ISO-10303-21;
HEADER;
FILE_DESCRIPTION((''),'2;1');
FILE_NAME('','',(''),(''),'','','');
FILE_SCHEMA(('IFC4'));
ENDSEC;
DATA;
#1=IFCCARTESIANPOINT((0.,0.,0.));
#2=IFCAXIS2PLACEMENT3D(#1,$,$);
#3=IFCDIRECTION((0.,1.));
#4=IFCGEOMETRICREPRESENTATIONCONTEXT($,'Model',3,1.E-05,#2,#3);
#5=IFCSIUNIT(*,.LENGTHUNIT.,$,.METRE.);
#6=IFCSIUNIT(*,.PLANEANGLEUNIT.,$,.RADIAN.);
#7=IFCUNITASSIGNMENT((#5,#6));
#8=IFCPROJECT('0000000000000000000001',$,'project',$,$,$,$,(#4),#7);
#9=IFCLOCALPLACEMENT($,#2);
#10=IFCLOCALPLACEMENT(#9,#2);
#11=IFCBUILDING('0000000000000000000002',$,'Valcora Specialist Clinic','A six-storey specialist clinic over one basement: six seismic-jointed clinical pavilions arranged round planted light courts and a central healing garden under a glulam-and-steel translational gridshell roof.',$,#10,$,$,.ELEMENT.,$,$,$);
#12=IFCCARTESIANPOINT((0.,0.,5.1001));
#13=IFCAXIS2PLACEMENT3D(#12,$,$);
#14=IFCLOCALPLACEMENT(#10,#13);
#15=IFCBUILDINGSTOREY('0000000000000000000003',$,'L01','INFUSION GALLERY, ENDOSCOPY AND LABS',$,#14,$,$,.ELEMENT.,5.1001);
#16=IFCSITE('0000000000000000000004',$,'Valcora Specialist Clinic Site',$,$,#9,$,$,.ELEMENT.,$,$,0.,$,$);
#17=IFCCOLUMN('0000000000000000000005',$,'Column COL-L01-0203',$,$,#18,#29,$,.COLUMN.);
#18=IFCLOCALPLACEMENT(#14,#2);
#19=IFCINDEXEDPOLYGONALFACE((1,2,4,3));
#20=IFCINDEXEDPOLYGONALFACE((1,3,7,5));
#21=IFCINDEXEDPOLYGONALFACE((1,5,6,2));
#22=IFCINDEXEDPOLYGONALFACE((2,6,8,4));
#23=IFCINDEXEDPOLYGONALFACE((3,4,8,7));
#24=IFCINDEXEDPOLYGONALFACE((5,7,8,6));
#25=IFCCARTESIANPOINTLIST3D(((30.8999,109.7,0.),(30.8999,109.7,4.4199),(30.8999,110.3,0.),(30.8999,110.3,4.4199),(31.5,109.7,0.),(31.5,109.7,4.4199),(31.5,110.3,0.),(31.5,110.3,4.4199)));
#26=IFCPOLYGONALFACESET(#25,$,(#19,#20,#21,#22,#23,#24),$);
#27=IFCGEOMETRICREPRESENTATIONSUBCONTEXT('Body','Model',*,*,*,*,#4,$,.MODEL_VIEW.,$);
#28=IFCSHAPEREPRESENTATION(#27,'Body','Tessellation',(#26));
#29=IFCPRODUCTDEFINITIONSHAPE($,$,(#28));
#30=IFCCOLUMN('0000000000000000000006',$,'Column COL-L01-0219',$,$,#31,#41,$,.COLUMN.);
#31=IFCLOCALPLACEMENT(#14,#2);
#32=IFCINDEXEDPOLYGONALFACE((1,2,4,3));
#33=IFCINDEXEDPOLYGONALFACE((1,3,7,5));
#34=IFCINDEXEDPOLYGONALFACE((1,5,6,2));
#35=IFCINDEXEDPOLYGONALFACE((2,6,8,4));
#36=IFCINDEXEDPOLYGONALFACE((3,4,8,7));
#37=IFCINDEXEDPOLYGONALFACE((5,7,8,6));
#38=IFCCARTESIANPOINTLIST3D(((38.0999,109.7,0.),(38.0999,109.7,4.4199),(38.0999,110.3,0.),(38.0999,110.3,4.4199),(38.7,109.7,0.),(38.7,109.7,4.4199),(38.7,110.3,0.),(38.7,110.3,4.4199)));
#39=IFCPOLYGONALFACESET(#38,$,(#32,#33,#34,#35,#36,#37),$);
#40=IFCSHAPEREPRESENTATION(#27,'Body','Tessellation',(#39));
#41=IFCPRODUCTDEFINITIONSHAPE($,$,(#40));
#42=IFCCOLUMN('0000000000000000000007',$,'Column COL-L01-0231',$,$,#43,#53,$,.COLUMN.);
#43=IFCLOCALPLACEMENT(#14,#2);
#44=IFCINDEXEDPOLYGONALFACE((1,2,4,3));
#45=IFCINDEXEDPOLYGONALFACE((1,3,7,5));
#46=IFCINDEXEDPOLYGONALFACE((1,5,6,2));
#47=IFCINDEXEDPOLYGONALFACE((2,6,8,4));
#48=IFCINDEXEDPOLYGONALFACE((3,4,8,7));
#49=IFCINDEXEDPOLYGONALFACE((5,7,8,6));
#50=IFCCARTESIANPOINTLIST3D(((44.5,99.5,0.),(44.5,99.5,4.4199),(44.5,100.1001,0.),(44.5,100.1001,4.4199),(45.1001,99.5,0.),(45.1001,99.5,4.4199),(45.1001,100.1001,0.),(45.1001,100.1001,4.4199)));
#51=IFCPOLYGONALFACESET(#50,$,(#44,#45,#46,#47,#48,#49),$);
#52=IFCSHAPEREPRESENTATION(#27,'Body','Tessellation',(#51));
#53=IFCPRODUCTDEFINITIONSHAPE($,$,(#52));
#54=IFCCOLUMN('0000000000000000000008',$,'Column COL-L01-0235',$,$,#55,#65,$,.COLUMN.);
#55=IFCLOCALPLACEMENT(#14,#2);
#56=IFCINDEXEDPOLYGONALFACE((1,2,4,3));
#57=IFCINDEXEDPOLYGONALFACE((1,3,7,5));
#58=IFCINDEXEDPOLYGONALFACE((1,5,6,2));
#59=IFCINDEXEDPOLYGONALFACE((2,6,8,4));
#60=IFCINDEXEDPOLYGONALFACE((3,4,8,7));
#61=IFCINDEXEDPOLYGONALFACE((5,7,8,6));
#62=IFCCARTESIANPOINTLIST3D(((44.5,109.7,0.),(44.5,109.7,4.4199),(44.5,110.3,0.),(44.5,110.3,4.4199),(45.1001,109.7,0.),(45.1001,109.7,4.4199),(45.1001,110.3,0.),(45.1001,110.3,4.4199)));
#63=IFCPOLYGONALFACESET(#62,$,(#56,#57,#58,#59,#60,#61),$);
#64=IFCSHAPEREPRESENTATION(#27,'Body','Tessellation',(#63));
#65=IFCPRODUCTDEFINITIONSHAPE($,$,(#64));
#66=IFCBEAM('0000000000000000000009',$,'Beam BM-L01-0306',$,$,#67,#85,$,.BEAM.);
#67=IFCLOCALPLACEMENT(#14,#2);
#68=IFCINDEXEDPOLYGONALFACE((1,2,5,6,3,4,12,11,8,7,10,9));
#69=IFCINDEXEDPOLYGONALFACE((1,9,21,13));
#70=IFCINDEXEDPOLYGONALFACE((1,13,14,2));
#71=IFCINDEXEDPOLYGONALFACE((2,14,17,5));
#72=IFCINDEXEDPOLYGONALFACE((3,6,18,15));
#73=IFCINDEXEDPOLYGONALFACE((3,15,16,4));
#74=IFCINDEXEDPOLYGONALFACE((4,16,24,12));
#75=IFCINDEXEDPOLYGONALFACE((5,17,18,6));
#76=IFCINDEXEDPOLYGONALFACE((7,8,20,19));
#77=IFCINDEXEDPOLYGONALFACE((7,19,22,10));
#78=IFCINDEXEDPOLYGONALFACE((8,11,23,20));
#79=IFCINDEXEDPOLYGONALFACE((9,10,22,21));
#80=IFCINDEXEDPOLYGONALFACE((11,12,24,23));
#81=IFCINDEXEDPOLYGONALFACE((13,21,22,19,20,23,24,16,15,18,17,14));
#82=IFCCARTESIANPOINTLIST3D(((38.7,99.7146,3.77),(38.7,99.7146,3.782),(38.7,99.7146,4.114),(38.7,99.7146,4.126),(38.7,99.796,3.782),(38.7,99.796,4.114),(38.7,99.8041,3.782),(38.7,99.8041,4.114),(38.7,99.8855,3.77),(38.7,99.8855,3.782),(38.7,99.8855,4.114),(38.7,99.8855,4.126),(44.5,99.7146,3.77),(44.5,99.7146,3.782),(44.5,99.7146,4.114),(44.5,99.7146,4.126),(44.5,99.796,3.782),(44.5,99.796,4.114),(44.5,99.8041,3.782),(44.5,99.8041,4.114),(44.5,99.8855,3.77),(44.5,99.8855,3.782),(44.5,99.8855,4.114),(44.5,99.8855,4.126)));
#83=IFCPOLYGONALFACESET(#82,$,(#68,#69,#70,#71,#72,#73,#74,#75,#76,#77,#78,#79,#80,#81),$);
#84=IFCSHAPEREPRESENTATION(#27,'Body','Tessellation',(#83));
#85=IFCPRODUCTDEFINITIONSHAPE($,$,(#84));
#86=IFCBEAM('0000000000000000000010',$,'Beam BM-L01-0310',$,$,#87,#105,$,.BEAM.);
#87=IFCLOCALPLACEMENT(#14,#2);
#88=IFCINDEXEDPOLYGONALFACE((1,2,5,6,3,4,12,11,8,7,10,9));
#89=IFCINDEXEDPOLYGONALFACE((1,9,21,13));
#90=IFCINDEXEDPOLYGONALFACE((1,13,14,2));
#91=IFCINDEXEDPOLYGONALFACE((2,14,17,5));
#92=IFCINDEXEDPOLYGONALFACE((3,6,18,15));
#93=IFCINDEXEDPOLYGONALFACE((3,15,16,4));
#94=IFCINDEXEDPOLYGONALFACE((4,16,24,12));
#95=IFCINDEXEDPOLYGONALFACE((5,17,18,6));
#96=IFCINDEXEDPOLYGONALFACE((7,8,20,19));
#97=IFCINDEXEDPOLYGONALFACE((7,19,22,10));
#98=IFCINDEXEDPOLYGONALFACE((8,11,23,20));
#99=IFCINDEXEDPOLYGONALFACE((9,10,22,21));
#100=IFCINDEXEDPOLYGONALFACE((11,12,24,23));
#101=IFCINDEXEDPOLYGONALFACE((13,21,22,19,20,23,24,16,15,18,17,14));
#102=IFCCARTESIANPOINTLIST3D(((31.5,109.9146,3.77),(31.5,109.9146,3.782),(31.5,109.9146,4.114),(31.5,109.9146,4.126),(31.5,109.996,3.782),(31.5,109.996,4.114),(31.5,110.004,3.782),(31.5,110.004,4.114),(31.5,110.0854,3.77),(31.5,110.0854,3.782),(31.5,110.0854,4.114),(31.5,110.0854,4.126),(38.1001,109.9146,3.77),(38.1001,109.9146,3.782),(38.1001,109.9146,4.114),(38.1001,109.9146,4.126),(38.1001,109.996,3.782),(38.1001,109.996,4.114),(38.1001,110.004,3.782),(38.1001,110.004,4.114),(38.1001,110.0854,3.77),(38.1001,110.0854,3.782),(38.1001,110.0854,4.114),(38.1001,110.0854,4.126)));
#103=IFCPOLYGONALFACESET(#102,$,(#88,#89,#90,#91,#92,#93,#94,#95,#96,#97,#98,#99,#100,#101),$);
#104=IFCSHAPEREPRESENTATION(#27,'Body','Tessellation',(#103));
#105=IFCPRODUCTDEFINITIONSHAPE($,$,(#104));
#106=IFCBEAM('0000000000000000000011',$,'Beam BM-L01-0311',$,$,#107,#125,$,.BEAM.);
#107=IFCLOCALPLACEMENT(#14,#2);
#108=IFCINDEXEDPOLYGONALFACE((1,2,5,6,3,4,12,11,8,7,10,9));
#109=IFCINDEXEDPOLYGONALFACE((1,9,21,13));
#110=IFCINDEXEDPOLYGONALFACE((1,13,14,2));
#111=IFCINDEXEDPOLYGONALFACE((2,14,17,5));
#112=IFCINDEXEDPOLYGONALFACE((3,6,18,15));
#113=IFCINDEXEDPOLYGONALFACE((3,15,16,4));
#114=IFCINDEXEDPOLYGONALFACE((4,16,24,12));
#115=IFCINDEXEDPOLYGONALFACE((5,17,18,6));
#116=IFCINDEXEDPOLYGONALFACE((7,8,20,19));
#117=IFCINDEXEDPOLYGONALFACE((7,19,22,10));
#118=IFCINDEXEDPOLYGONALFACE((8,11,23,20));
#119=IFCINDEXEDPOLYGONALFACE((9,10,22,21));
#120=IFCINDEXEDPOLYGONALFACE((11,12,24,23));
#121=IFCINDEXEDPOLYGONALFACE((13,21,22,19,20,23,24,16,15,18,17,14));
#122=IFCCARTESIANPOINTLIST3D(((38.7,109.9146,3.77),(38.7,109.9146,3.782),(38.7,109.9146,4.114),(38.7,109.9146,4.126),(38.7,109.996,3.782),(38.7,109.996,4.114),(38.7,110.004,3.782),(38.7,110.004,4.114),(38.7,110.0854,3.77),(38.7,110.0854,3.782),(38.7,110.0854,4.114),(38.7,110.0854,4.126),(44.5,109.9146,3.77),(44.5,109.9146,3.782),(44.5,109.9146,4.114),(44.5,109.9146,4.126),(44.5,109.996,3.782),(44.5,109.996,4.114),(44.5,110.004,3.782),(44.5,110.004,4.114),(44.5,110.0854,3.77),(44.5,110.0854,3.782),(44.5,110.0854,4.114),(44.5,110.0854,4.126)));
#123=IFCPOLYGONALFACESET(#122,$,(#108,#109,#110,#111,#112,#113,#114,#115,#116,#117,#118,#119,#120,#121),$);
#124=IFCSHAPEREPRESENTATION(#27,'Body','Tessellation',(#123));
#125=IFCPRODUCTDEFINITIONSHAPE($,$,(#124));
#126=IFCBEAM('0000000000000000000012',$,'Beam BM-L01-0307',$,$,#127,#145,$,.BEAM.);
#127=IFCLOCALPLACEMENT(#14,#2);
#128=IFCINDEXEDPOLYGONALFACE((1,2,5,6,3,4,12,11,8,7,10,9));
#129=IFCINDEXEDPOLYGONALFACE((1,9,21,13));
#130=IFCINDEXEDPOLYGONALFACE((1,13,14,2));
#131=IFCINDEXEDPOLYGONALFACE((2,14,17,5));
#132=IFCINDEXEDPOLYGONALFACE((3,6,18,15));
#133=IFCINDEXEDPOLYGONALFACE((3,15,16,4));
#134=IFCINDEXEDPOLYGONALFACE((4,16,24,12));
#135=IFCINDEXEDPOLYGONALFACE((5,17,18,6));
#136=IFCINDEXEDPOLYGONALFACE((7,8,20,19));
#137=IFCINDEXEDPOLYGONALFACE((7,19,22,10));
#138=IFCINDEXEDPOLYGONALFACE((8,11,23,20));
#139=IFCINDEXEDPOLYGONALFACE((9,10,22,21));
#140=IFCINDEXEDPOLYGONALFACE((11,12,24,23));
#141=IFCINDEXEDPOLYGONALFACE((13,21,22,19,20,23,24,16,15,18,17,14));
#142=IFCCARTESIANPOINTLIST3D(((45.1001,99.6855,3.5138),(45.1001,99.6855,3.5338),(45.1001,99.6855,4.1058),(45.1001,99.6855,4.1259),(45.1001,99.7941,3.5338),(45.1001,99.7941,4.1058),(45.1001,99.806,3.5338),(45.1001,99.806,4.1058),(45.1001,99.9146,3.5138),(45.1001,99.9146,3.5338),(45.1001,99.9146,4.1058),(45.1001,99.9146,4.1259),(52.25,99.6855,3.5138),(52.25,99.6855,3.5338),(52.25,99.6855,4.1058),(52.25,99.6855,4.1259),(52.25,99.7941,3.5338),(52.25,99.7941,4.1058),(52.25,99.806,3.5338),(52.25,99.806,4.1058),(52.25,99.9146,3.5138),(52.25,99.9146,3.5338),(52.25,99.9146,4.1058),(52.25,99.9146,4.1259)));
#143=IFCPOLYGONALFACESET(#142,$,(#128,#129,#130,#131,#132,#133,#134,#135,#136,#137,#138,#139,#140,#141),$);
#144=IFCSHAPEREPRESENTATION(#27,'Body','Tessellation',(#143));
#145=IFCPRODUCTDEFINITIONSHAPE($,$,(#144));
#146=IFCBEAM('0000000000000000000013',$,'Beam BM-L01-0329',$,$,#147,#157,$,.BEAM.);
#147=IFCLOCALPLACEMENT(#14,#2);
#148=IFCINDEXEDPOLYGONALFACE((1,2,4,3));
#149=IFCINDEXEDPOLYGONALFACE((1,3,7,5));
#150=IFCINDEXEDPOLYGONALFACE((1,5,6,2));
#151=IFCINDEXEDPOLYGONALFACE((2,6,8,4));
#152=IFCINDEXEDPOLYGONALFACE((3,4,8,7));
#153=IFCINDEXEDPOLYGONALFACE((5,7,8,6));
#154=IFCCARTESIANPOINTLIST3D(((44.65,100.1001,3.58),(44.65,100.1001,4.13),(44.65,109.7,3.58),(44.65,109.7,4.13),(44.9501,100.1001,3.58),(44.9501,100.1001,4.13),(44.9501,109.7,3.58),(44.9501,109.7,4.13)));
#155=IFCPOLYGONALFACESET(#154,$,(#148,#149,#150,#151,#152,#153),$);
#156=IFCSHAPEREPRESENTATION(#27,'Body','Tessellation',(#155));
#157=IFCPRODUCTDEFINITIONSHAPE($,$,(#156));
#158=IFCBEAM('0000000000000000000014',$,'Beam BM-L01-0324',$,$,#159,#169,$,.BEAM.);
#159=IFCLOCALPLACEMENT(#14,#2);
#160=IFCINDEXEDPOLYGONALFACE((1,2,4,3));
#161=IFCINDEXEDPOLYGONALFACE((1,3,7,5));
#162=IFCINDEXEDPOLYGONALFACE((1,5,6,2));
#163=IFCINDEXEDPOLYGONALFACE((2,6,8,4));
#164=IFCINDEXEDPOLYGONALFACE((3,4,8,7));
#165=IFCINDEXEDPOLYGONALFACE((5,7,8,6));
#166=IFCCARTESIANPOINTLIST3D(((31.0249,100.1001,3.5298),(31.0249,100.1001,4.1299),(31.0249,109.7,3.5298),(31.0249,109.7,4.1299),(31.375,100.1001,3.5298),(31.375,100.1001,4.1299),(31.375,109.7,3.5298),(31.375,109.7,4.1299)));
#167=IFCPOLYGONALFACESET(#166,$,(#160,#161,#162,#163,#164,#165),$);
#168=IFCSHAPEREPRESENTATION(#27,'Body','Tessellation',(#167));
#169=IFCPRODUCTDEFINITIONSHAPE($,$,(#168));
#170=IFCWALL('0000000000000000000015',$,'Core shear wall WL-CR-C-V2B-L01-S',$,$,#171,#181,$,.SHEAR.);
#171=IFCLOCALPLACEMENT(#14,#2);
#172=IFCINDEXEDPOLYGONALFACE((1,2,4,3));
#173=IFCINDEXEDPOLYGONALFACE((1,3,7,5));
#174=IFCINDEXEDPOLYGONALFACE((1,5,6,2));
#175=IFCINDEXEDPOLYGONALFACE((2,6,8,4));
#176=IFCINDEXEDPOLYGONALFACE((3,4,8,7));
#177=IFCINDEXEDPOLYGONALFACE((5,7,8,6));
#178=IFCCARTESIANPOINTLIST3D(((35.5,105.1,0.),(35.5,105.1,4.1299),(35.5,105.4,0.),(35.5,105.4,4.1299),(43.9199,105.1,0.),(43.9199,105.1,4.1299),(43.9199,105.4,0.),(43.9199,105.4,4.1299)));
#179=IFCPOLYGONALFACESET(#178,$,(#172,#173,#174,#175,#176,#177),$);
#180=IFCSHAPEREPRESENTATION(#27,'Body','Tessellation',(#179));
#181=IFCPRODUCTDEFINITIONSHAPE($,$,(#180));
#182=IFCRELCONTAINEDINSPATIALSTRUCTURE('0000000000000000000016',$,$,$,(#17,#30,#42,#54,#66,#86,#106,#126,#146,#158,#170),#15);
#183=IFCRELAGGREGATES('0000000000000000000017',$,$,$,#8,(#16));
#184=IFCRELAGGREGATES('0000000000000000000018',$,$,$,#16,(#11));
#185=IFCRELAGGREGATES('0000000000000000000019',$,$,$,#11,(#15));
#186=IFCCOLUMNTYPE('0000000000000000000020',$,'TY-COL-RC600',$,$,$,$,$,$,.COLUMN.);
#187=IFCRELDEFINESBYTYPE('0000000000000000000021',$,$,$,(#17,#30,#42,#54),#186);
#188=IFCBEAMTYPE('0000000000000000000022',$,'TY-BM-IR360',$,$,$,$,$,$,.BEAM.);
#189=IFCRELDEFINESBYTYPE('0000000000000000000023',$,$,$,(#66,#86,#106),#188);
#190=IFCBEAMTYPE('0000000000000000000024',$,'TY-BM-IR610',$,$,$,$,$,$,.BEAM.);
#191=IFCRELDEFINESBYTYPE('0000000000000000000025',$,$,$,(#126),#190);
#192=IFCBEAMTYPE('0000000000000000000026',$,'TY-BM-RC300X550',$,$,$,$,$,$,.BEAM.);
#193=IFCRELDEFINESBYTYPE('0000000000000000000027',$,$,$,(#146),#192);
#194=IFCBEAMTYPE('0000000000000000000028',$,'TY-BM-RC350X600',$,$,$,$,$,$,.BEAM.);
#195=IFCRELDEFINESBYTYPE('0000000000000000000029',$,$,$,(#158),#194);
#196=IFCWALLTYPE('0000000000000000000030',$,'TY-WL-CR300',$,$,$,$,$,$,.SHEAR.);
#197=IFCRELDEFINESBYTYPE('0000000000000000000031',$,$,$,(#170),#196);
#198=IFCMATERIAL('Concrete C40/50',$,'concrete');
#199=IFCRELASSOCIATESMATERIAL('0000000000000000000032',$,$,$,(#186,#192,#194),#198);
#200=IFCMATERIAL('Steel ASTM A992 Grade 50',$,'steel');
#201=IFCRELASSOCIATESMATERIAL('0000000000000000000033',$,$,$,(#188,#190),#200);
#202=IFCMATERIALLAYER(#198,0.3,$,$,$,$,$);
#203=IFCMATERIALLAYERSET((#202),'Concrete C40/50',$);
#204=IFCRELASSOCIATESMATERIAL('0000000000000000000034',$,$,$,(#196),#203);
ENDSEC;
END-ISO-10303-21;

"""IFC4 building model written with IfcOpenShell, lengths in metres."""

from ifc_helpers import new_model, si_unit, direction, frame, frame_2d, origin, origin_2d, place, context, subcontext, project, spatial, rectangle, i_section, extrude, material, layer, layer_set, material_profile, profile_set, type_object, element, save


model = new_model("IFC4")

# Units and contexts
model_context = context("Model", 3, precision=1e-05, world=origin(), true_north=direction((0.0, 1.0)))
body_context = subcontext(model_context, "Body", "Model", "MODEL_VIEW")
ifc_project = project(units=[si_unit("LENGTHUNIT", "METRE"), si_unit("PLANEANGLEUNIT", "RADIAN")], contexts=[model_context])

# Site, building, storey
site_placement = place(None, origin())
site = spatial("IfcSite", under=ifc_project, at=site_placement, Name="Valcora Specialist Clinic Site", CompositionType="ELEMENT", RefElevation=0.0)
building_placement = place(site_placement, origin())
building = spatial("IfcBuilding", under=site, at=building_placement, Name="Valcora Specialist Clinic", Description="A six-storey specialist clinic over one basement: six seismic-jointed clinical pavilions arranged round planted light courts and a central healing garden under a glulam-and-steel translational gridshell roof.", CompositionType="ELEMENT")
storey_placement = place(building_placement, frame((0.0, 0.0, 5.1001)))
storey = spatial("IfcBuildingStorey", under=building, at=storey_placement, Name="L01", Description="INFUSION GALLERY, ENDOSCOPY AND LABS", CompositionType="ELEMENT", Elevation=5.1001)

# Columns
ifc_material_1 = material(Name="Concrete C40/50", Category="concrete")
ifc_material_profile_1 = material_profile(ifc_material_1, rectangle(XDim=0.6001, YDim=0.6001, at=origin_2d()), Name="RC-COL-600X600")
ifc_profile_set_1 = profile_set([ifc_material_profile_1], Name="Concrete C40/50")
column_type = type_object("IfcColumnType", Name="TY-COL-RC600", PredefinedType="COLUMN", material=ifc_profile_set_1)
for number, where, z_axis, x_axis, name in (
    (1, (31.2, 110.0, 0.0), (0.0, 0.0, 1.0), (1.0, 0.0, 0.0), "Column COL-L01-0203"),
    (2, (38.3999, 110.0, 0.0), (0.0, 0.0, 1.0), (1.0, 0.0, 0.0), "Column COL-L01-0219"),
    (3, (44.8, 99.8, 0.0), (0.0, 0.0, 1.0), (1.0, 0.0, 0.0), "Column COL-L01-0231"),
    (4, (44.8, 110.0, 0.0), (0.0, 0.0, 1.0), (1.0, 0.0, 0.0), "Column COL-L01-0235"),
):
    element("IfcColumn", number, at=place(storey_placement, frame(where, z_axis=z_axis, x_axis=x_axis)), inside=storey, type_object=column_type, Name=name, PredefinedType="COLUMN", context=body_context, shape_type="SweptSolid", body=[
        extrude(rectangle(XDim=0.6001, YDim=0.6001, at=origin_2d()), origin(), (0.0, 0.0, 1.0), 4.4199),
    ])

# Beams
ifc_material_2 = material(Name="Steel ASTM A992 Grade 50", Category="steel")
ifc_material_profile_2 = material_profile(ifc_material_2, i_section(OverallWidth=0.1709, OverallDepth=0.356, WebThickness=0.0081, FlangeThickness=0.012, at=origin_2d()), Name="ST-IR-360X170")
ifc_profile_set_2 = profile_set([ifc_material_profile_2], Name="Steel ASTM A992 Grade 50")
beam_type_1 = type_object("IfcBeamType", Name="TY-BM-IR360", PredefinedType="BEAM", material=ifc_profile_set_2)
beam_1_placement = place(storey_placement, frame((38.7, 99.8, 3.948), z_axis=(1.0, 0.0, 0.0), x_axis=(0.0, 1.0, 0.0)))
element("IfcBeam", 5, at=beam_1_placement, inside=storey, type_object=beam_type_1, Name="Beam BM-L01-0306", PredefinedType="BEAM", context=body_context, shape_type="SweptSolid", body=[
    extrude(i_section(OverallWidth=0.1709, OverallDepth=0.356, WebThickness=0.0081, FlangeThickness=0.012, at=origin_2d()), origin(), (0.0, 0.0, 1.0), 5.8),
])
beam_2_placement = place(storey_placement, frame((31.5, 110.0, 3.948), z_axis=(1.0, 0.0, 0.0), x_axis=(0.0, 1.0, 0.0)))
element("IfcBeam", 6, at=beam_2_placement, inside=storey, type_object=beam_type_1, Name="Beam BM-L01-0310", PredefinedType="BEAM", context=body_context, shape_type="SweptSolid", body=[
    extrude(i_section(OverallWidth=0.1709, OverallDepth=0.356, WebThickness=0.0081, FlangeThickness=0.012, at=origin_2d()), origin(), (0.0, 0.0, 1.0), 6.6001),
])
beam_3_placement = place(storey_placement, frame((38.7, 110.0, 3.948), z_axis=(1.0, 0.0, 0.0), x_axis=(0.0, 1.0, 0.0)))
element("IfcBeam", 7, at=beam_3_placement, inside=storey, type_object=beam_type_1, Name="Beam BM-L01-0311", PredefinedType="BEAM", context=body_context, shape_type="SweptSolid", body=[
    extrude(i_section(OverallWidth=0.1709, OverallDepth=0.356, WebThickness=0.0081, FlangeThickness=0.012, at=origin_2d()), origin(), (0.0, 0.0, 1.0), 5.8),
])
ifc_material_profile_3 = material_profile(ifc_material_2, i_section(OverallWidth=0.229, OverallDepth=0.6121, WebThickness=0.012, FlangeThickness=0.02, at=origin_2d()), Name="ST-IR-610X229")
ifc_profile_set_3 = profile_set([ifc_material_profile_3], Name="Steel ASTM A992 Grade 50")
beam_type_2 = type_object("IfcBeamType", Name="TY-BM-IR610", PredefinedType="BEAM", material=ifc_profile_set_3)
beam_4_placement = place(storey_placement, frame((45.1001, 99.8, 3.8198), z_axis=(1.0, 0.0, 0.0), x_axis=(0.0, 1.0, 0.0)))
element("IfcBeam", 8, at=beam_4_placement, inside=storey, type_object=beam_type_2, Name="Beam BM-L01-0307", PredefinedType="BEAM", context=body_context, shape_type="SweptSolid", body=[
    extrude(i_section(OverallWidth=0.229, OverallDepth=0.6121, WebThickness=0.012, FlangeThickness=0.02, at=origin_2d()), origin(), (0.0, 0.0, 1.0), 7.1499),
])
ifc_material_profile_4 = material_profile(ifc_material_1, rectangle(XDim=0.3, YDim=0.55, at=origin_2d()), Name="RC-BM-300X550")
ifc_profile_set_4 = profile_set([ifc_material_profile_4], Name="Concrete C40/50")
beam_type_3 = type_object("IfcBeamType", Name="TY-BM-RC300X550", PredefinedType="BEAM", material=ifc_profile_set_4)
beam_5_placement = place(storey_placement, frame((44.8, 100.1001, 3.855), z_axis=(0.0, 1.0, 0.0), x_axis=(-1.0, 0.0, 0.0)))
element("IfcBeam", 9, at=beam_5_placement, inside=storey, type_object=beam_type_3, Name="Beam BM-L01-0329", PredefinedType="BEAM", context=body_context, shape_type="SweptSolid", body=[
    extrude(rectangle(XDim=0.3, YDim=0.55, at=origin_2d()), origin(), (0.0, 0.0, 1.0), 9.5999),
])
ifc_material_profile_5 = material_profile(ifc_material_1, rectangle(XDim=0.3501, YDim=0.6001, at=origin_2d()), Name="RC-BM-350X600")
ifc_profile_set_5 = profile_set([ifc_material_profile_5], Name="Concrete C40/50")
beam_type_4 = type_object("IfcBeamType", Name="TY-BM-RC350X600", PredefinedType="BEAM", material=ifc_profile_set_5)
beam_6_placement = place(storey_placement, frame((31.2, 100.1001, 3.8298), z_axis=(0.0, 1.0, 0.0), x_axis=(-1.0, 0.0, 0.0)))
element("IfcBeam", 10, at=beam_6_placement, inside=storey, type_object=beam_type_4, Name="Beam BM-L01-0324", PredefinedType="BEAM", context=body_context, shape_type="SweptSolid", body=[
    extrude(rectangle(XDim=0.3501, YDim=0.6001, at=origin_2d()), origin(), (0.0, 0.0, 1.0), 9.5999),
])

# Wall
ifc_layer_1 = layer(ifc_material_1, 0.3)
ifc_layer_set_1 = layer_set([ifc_layer_1], Name="Concrete C40/50")
wall_type_1 = type_object("IfcWallType", Name="TY-WL-CR300", PredefinedType="SHEAR", material=ifc_layer_set_1)
wall_1_placement = place(storey_placement, frame((35.5, 105.25, 0.0), z_axis=(0.0, 0.0, 1.0), x_axis=(1.0, 0.0, 0.0)))
element("IfcWall", 11, at=wall_1_placement, inside=storey, type_object=wall_type_1, Name="Core shear wall WL-CR-C-V2B-L01-S", PredefinedType="SHEAR", context=body_context, shape_type="SweptSolid", body=[
    extrude(rectangle(XDim=8.4199, YDim=0.3, at=frame_2d((4.21, 0.0))), origin(), (0.0, 0.0, 1.0), 4.1299),
])

save(model, "model.ifc")
